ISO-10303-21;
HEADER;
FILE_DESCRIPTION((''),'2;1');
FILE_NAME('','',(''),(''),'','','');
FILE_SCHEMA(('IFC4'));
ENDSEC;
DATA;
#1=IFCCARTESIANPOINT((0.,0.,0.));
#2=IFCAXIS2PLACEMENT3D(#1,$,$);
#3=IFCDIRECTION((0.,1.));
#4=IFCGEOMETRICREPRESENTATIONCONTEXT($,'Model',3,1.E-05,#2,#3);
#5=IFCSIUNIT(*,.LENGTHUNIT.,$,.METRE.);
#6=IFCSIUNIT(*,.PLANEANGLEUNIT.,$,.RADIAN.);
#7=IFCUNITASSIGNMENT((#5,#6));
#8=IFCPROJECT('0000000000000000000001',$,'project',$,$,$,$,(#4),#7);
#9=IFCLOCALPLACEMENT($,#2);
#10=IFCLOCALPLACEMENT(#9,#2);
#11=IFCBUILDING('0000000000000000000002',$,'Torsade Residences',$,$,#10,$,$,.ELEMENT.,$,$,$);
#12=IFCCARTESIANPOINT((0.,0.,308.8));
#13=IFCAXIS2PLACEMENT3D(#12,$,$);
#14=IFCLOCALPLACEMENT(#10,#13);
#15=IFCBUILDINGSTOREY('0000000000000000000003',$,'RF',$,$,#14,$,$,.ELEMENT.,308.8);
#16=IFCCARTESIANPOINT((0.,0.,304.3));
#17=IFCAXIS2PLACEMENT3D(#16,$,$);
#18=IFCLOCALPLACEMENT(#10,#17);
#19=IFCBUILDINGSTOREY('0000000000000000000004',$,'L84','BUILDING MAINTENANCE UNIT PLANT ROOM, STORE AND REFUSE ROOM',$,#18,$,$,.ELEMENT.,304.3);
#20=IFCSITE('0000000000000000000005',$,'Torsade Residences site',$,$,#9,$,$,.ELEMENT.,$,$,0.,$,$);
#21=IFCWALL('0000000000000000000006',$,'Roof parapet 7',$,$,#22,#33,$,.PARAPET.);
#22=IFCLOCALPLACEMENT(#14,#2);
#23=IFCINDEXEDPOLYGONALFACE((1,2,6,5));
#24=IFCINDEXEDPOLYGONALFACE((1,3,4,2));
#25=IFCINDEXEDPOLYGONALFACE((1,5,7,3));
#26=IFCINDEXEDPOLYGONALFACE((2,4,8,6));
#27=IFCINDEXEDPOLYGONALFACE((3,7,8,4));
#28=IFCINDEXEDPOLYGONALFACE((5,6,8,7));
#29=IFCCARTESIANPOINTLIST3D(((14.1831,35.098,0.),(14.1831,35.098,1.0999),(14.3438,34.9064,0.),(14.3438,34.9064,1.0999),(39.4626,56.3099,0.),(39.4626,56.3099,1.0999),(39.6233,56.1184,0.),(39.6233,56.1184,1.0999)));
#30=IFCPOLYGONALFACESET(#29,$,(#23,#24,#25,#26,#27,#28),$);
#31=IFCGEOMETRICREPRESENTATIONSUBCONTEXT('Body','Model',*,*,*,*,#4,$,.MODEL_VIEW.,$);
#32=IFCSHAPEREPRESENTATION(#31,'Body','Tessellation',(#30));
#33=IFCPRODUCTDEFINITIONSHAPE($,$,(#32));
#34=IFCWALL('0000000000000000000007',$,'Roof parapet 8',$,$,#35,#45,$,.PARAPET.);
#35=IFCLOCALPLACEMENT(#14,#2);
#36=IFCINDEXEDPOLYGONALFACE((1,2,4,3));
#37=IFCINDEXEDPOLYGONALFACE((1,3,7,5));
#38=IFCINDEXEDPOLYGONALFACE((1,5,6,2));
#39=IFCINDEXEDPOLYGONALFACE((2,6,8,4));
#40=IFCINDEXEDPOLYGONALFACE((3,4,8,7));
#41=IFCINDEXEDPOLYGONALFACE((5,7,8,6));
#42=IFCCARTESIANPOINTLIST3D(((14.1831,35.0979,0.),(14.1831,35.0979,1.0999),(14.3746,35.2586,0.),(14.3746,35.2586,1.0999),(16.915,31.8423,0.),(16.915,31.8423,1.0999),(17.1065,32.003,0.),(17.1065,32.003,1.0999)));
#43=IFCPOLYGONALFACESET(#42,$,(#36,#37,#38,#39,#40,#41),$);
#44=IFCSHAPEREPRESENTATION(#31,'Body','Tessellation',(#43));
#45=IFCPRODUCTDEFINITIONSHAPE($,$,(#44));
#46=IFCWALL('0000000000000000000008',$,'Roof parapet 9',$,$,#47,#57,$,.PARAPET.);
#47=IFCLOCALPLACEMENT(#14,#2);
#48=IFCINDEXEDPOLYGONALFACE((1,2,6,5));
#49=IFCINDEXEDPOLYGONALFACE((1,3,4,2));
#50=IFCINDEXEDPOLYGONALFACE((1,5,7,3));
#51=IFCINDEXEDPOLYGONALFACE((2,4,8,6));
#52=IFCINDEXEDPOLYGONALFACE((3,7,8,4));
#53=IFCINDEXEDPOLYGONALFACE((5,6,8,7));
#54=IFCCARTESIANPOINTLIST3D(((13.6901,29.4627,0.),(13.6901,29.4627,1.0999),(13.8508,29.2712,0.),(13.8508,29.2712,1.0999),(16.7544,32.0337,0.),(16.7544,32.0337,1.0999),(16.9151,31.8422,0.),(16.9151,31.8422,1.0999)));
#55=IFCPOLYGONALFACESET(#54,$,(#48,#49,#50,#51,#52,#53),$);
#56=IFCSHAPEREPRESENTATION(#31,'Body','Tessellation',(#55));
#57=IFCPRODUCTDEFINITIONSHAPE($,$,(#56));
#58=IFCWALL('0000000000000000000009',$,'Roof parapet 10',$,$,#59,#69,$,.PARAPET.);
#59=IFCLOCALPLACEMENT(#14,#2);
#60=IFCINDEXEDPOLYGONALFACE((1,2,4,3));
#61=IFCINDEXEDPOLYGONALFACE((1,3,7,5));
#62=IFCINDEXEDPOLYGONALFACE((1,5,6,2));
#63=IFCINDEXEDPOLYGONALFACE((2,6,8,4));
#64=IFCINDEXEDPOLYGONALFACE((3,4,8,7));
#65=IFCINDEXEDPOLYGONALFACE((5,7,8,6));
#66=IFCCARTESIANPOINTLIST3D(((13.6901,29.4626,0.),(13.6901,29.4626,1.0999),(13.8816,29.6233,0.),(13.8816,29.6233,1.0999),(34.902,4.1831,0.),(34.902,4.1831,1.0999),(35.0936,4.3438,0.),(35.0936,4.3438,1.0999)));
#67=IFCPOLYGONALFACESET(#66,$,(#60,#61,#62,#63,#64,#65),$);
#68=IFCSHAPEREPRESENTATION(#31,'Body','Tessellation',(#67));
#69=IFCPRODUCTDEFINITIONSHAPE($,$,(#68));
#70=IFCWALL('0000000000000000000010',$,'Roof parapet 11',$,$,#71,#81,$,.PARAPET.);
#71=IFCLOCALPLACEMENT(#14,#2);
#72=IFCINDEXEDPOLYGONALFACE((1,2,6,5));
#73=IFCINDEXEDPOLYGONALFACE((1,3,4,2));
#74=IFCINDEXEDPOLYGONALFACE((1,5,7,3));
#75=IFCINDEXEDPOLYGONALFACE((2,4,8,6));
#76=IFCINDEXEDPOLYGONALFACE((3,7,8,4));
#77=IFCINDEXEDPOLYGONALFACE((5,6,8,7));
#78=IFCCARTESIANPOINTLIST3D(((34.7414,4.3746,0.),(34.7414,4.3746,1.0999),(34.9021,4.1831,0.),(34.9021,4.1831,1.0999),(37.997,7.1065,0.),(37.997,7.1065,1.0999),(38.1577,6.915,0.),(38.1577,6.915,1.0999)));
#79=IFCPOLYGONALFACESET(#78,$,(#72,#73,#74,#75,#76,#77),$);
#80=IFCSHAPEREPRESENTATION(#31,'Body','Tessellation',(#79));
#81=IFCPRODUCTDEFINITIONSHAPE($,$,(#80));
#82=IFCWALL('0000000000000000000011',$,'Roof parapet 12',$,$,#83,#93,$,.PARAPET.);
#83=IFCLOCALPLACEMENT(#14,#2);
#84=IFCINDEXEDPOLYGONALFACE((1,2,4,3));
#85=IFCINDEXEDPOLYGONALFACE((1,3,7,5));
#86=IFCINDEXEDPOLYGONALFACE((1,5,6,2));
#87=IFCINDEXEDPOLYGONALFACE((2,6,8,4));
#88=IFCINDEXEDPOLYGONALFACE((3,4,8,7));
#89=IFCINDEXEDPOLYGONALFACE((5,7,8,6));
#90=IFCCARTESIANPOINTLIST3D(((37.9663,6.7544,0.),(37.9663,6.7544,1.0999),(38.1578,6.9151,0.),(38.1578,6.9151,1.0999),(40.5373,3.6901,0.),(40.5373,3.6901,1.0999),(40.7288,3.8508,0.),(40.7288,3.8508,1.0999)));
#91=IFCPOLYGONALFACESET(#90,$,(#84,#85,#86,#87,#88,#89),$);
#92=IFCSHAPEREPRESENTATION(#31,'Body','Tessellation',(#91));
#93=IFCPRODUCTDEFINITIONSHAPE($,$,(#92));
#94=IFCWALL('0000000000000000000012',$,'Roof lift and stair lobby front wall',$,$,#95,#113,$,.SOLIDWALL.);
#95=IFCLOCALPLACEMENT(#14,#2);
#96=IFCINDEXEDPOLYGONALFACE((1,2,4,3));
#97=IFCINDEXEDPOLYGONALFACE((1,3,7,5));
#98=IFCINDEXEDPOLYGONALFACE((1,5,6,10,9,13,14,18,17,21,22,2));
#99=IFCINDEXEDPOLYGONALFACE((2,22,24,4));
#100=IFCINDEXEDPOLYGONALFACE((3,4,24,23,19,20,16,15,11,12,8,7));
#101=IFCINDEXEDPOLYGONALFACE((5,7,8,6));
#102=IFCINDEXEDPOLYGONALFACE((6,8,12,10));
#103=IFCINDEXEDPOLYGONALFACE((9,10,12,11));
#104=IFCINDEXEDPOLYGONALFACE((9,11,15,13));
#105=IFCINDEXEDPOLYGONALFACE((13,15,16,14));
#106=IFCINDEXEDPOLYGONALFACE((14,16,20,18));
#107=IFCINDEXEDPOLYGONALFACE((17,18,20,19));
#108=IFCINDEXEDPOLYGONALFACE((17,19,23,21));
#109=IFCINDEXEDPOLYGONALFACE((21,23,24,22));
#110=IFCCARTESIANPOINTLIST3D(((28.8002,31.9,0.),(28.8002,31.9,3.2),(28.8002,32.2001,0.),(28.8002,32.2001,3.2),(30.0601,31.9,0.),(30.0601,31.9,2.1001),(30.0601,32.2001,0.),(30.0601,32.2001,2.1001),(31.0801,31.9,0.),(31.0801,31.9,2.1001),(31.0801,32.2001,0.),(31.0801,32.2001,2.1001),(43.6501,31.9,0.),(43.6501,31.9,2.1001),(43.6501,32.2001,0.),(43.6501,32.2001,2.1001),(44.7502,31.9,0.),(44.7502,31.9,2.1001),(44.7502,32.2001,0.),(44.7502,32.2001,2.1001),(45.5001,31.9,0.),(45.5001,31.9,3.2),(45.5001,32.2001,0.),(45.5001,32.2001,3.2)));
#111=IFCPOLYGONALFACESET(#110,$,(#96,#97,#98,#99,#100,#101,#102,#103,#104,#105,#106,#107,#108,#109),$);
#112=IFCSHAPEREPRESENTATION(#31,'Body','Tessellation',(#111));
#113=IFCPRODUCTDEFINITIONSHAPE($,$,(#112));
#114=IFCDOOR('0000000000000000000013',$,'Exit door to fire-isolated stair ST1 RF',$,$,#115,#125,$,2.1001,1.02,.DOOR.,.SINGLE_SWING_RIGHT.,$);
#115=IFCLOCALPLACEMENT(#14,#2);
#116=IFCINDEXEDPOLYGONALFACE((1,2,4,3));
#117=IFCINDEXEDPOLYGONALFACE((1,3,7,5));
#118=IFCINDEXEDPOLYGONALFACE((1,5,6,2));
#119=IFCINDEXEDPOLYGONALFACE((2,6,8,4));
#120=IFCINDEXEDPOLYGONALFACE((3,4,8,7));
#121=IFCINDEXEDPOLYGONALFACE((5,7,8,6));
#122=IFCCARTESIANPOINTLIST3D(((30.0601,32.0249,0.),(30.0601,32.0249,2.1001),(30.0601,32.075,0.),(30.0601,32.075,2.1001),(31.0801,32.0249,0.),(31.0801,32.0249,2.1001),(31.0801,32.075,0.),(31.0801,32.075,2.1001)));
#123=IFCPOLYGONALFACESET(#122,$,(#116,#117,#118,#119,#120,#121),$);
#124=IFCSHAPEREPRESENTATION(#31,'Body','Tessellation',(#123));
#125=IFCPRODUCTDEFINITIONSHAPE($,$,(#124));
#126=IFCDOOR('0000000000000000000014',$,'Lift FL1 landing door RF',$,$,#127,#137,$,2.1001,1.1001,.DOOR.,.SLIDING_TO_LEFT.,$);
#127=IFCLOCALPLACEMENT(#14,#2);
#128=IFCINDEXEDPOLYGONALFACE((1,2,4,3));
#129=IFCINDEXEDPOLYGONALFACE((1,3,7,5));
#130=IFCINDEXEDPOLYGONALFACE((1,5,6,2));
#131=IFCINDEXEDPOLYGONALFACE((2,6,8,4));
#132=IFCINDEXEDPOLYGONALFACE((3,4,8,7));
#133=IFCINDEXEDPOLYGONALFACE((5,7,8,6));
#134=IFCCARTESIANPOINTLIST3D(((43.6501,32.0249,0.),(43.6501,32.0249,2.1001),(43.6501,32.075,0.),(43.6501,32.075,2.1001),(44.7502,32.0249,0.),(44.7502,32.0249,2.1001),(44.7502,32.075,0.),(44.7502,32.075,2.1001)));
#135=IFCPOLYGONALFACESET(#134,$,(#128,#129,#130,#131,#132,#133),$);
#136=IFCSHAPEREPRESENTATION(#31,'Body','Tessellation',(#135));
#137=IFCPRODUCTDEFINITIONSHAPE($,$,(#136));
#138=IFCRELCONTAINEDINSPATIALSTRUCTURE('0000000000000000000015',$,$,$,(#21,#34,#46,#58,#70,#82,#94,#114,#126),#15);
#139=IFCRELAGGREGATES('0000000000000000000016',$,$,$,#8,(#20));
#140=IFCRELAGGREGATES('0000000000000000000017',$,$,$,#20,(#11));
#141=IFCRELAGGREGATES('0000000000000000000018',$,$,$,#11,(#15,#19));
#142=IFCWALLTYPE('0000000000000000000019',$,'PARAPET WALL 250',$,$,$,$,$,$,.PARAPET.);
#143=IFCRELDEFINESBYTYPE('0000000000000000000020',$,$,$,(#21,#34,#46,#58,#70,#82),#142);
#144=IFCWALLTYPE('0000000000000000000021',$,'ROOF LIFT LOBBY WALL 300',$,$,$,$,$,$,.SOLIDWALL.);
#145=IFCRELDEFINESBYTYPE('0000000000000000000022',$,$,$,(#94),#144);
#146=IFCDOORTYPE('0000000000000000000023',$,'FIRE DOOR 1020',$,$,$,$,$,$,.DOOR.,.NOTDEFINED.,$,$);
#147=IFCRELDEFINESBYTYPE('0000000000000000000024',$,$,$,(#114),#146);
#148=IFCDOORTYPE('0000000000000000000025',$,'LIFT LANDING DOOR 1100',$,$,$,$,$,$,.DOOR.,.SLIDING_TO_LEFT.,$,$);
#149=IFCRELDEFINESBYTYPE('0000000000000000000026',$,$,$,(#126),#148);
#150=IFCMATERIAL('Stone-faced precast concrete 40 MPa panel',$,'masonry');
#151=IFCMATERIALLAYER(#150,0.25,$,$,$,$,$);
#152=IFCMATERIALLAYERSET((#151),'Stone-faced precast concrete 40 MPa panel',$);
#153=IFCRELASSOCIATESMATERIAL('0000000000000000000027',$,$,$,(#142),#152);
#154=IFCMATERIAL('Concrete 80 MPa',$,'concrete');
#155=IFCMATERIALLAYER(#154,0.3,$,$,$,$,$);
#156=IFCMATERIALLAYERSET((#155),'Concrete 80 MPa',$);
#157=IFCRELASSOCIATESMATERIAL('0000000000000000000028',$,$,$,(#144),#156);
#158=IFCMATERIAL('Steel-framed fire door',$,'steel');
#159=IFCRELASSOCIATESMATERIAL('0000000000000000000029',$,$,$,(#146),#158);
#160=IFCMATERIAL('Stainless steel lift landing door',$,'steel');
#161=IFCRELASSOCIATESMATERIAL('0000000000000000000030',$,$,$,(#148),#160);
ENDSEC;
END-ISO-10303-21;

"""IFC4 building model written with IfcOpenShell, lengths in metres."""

from ifc_helpers import new_model, si_unit, direction, frame, frame_2d, origin, place, context, subcontext, project, spatial, rectangle, extrude, material, layer, layer_set, type_object, element, fill, save


model = new_model("IFC4")

# Units and contexts
model_context = context("Model", 3, precision=1e-05, world=origin(), true_north=direction((0.0, 1.0)))
body_context = subcontext(model_context, "Body", "Model", "MODEL_VIEW")
ifc_project = project(units=[si_unit("LENGTHUNIT", "METRE"), si_unit("PLANEANGLEUNIT", "RADIAN")], contexts=[model_context])

# Site, building, storey
site_placement = place(None, origin())
site = spatial("IfcSite", under=ifc_project, at=site_placement, Name="Torsade Residences site", CompositionType="ELEMENT", RefElevation=0.0)
building_placement = place(site_placement, origin())
building = spatial("IfcBuilding", under=site, at=building_placement, Name="Torsade Residences", CompositionType="ELEMENT")
storey_1_placement = place(building_placement, frame((0.0, 0.0, 308.8)))
storey_1 = spatial("IfcBuildingStorey", under=building, at=storey_1_placement, Name="RF", CompositionType="ELEMENT", Elevation=308.8)

# Shared definitions
storey_2_placement = place(building_placement, frame((0.0, 0.0, 304.3)))
storey_2 = spatial("IfcBuildingStorey", under=building, at=storey_2_placement, Name="L84", Description="BUILDING MAINTENANCE UNIT PLANT ROOM, STORE AND REFUSE ROOM", CompositionType="ELEMENT", Elevation=304.3)

# Walls
ifc_material_1 = material(Name="Stone-faced precast concrete 40 MPa panel", Category="masonry")
ifc_layer_1 = layer(ifc_material_1, 0.25)
ifc_layer_set_1 = layer_set([ifc_layer_1], Name="Stone-faced precast concrete 40 MPa panel")
wall_type_1 = type_object("IfcWallType", Name="PARAPET WALL 250", PredefinedType="PARAPET", material=ifc_layer_set_1)
wall_1_placement = place(storey_1_placement, frame((39.543, 56.2141, 0.0), z_axis=(0.0, 0.0, 1.0), x_axis=(-0.766047, -0.642785, 0.0)))
element("IfcWall", 1, at=wall_1_placement, inside=storey_1, type_object=wall_type_1, Name="Roof parapet 7", PredefinedType="PARAPET", context=body_context, shape_type="SweptSolid", body=[
    extrude(rectangle(XDim=33.0, YDim=0.25, at=frame_2d((16.5, 0.0))), origin(), (0.0, 0.0, 1.0), 1.0999),
])
wall_2_placement = place(storey_1_placement, frame((14.2788, 35.1782, 0.0), z_axis=(0.0, 0.0, 1.0), x_axis=(0.642808, -0.766027, 0.0)))
element("IfcWall", 2, at=wall_2_placement, inside=storey_1, type_object=wall_type_1, Name="Roof parapet 8", PredefinedType="PARAPET", context=body_context, shape_type="SweptSolid", body=[
    extrude(rectangle(XDim=4.25, YDim=0.25, at=frame_2d((2.125, 0.0))), origin(), (0.0, 0.0, 1.0), 1.0999),
])
wall_3_placement = place(storey_1_placement, frame((16.8347, 31.938, 0.0), z_axis=(0.0, 0.0, 1.0), x_axis=(-0.766061, -0.642768, 0.0)))
element("IfcWall", 3, at=wall_3_placement, inside=storey_1, type_object=wall_type_1, Name="Roof parapet 9", PredefinedType="PARAPET", context=body_context, shape_type="SweptSolid", body=[
    extrude(rectangle(XDim=4.0, YDim=0.25, at=frame_2d((2.0, 0.0))), origin(), (0.0, 0.0, 1.0), 1.0999),
])
wall_4_placement = place(storey_1_placement, frame((13.7859, 29.543, 0.0), z_axis=(0.0, 0.0, 1.0), x_axis=(0.642785, -0.766047, 0.0)))
element("IfcWall", 4, at=wall_4_placement, inside=storey_1, type_object=wall_type_1, Name="Roof parapet 10", PredefinedType="PARAPET", context=body_context, shape_type="SweptSolid", body=[
    extrude(rectangle(XDim=33.0, YDim=0.25, at=frame_2d((16.5, 0.0))), origin(), (0.0, 0.0, 1.0), 1.0999),
])
wall_5_placement = place(storey_1_placement, frame((34.8218, 4.2788, 0.0), z_axis=(0.0, 0.0, 1.0), x_axis=(0.766027, 0.642808, 0.0)))
element("IfcWall", 5, at=wall_5_placement, inside=storey_1, type_object=wall_type_1, Name="Roof parapet 11", PredefinedType="PARAPET", context=body_context, shape_type="SweptSolid", body=[
    extrude(rectangle(XDim=4.25, YDim=0.25, at=frame_2d((2.125, 0.0))), origin(), (0.0, 0.0, 1.0), 1.0999),
])
wall_6_placement = place(storey_1_placement, frame((38.062, 6.8347, 0.0), z_axis=(0.0, 0.0, 1.0), x_axis=(0.642768, -0.766061, 0.0)))
element("IfcWall", 6, at=wall_6_placement, inside=storey_1, type_object=wall_type_1, Name="Roof parapet 12", PredefinedType="PARAPET", context=body_context, shape_type="SweptSolid", body=[
    extrude(rectangle(XDim=4.0, YDim=0.25, at=frame_2d((2.0, 0.0))), origin(), (0.0, 0.0, 1.0), 1.0999),
])

# Wall, openings, doors
ifc_material_2 = material(Name="Concrete 80 MPa", Category="concrete")
ifc_layer_2 = layer(ifc_material_2, 0.3)
ifc_layer_set_2 = layer_set([ifc_layer_2], Name="Concrete 80 MPa")
wall_type_2 = type_object("IfcWallType", Name="ROOF LIFT LOBBY WALL 300", PredefinedType="SOLIDWALL", material=ifc_layer_set_2)
wall_7_placement = place(storey_1_placement, frame((28.8, 32.05, 0.0), z_axis=(0.0, 0.0, 1.0), x_axis=(1.0, 0.0, 0.0)))
wall_7 = element("IfcWall", 7, at=wall_7_placement, inside=storey_1, type_object=wall_type_2, Name="Roof lift and stair lobby front wall", PredefinedType="SOLIDWALL", context=body_context, shape_type="SweptSolid", body=[
    extrude(rectangle(XDim=16.7, YDim=0.3, at=frame_2d((8.3501, 0.0))), origin(), (0.0, 0.0, 1.0), 3.2),
])
opening_1_placement = place(wall_7_placement, frame((14.8501, 0.0, 0.0)))
opening_1 = element("IfcOpeningElement", 8, at=opening_1_placement, cuts=wall_7, PredefinedType="OPENING", context=body_context, shape_type="SweptSolid", body=[
    extrude(rectangle(XDim=1.1001, YDim=2.1001, at=frame_2d((0.55, 1.05))), frame((0.0, 0.1599, 0.0), z_axis=(0.0, -1.0, 0.0), x_axis=(1.0, 0.0, 0.0)), (0.0, 0.0, 1.0), 0.3201),
])
opening_2_placement = place(wall_7_placement, frame((1.26, 0.0, 0.0)))
opening_2 = element("IfcOpeningElement", 9, at=opening_2_placement, cuts=wall_7, PredefinedType="OPENING", context=body_context, shape_type="SweptSolid", body=[
    extrude(rectangle(XDim=1.02, YDim=2.1001, at=frame_2d((0.51, 1.05))), frame((0.0, 0.1599, 0.0), z_axis=(0.0, -1.0, 0.0), x_axis=(1.0, 0.0, 0.0)), (0.0, 0.0, 1.0), 0.3201),
])
ifc_material_3 = material(Name="Steel-framed fire door", Category="steel")
door_type_1 = type_object("IfcDoorType", Name="FIRE DOOR 1020", OperationType="NOTDEFINED", PredefinedType="DOOR", material=ifc_material_3)
door_1_placement = place(opening_2_placement, origin())
door_1 = element("IfcDoor", 10, at=door_1_placement, inside=storey_1, type_object=door_type_1, Name="Exit door to fire-isolated stair ST1 RF", OperationType="SINGLE_SWING_RIGHT", OverallHeight=2.1001, OverallWidth=1.02, PredefinedType="DOOR", context=body_context, shape_type="SweptSolid", body=[
    extrude(rectangle(XDim=1.02, YDim=2.1001, at=frame_2d((0.51, 1.05))), frame((0.0, 0.0249, 0.0), z_axis=(0.0, -1.0, 0.0), x_axis=(1.0, 0.0, 0.0)), (0.0, 0.0, 1.0), 0.05),
])
fill(opening_2, door_1)
ifc_material_4 = material(Name="Stainless steel lift landing door", Category="steel")
door_type_2 = type_object("IfcDoorType", Name="LIFT LANDING DOOR 1100", OperationType="SLIDING_TO_LEFT", PredefinedType="DOOR", material=ifc_material_4)
door_2_placement = place(opening_1_placement, origin())
door_2 = element("IfcDoor", 11, at=door_2_placement, inside=storey_1, type_object=door_type_2, Name="Lift FL1 landing door RF", OperationType="SLIDING_TO_LEFT", OverallHeight=2.1001, OverallWidth=1.1001, PredefinedType="DOOR", context=body_context, shape_type="SweptSolid", body=[
    extrude(rectangle(XDim=1.1001, YDim=2.1001, at=frame_2d((0.55, 1.05))), frame((0.0, 0.0249, 0.0), z_axis=(0.0, -1.0, 0.0), x_axis=(1.0, 0.0, 0.0)), (0.0, 0.0, 1.0), 0.05),
])
fill(opening_1, door_2)

save(model, "model.ifc")
